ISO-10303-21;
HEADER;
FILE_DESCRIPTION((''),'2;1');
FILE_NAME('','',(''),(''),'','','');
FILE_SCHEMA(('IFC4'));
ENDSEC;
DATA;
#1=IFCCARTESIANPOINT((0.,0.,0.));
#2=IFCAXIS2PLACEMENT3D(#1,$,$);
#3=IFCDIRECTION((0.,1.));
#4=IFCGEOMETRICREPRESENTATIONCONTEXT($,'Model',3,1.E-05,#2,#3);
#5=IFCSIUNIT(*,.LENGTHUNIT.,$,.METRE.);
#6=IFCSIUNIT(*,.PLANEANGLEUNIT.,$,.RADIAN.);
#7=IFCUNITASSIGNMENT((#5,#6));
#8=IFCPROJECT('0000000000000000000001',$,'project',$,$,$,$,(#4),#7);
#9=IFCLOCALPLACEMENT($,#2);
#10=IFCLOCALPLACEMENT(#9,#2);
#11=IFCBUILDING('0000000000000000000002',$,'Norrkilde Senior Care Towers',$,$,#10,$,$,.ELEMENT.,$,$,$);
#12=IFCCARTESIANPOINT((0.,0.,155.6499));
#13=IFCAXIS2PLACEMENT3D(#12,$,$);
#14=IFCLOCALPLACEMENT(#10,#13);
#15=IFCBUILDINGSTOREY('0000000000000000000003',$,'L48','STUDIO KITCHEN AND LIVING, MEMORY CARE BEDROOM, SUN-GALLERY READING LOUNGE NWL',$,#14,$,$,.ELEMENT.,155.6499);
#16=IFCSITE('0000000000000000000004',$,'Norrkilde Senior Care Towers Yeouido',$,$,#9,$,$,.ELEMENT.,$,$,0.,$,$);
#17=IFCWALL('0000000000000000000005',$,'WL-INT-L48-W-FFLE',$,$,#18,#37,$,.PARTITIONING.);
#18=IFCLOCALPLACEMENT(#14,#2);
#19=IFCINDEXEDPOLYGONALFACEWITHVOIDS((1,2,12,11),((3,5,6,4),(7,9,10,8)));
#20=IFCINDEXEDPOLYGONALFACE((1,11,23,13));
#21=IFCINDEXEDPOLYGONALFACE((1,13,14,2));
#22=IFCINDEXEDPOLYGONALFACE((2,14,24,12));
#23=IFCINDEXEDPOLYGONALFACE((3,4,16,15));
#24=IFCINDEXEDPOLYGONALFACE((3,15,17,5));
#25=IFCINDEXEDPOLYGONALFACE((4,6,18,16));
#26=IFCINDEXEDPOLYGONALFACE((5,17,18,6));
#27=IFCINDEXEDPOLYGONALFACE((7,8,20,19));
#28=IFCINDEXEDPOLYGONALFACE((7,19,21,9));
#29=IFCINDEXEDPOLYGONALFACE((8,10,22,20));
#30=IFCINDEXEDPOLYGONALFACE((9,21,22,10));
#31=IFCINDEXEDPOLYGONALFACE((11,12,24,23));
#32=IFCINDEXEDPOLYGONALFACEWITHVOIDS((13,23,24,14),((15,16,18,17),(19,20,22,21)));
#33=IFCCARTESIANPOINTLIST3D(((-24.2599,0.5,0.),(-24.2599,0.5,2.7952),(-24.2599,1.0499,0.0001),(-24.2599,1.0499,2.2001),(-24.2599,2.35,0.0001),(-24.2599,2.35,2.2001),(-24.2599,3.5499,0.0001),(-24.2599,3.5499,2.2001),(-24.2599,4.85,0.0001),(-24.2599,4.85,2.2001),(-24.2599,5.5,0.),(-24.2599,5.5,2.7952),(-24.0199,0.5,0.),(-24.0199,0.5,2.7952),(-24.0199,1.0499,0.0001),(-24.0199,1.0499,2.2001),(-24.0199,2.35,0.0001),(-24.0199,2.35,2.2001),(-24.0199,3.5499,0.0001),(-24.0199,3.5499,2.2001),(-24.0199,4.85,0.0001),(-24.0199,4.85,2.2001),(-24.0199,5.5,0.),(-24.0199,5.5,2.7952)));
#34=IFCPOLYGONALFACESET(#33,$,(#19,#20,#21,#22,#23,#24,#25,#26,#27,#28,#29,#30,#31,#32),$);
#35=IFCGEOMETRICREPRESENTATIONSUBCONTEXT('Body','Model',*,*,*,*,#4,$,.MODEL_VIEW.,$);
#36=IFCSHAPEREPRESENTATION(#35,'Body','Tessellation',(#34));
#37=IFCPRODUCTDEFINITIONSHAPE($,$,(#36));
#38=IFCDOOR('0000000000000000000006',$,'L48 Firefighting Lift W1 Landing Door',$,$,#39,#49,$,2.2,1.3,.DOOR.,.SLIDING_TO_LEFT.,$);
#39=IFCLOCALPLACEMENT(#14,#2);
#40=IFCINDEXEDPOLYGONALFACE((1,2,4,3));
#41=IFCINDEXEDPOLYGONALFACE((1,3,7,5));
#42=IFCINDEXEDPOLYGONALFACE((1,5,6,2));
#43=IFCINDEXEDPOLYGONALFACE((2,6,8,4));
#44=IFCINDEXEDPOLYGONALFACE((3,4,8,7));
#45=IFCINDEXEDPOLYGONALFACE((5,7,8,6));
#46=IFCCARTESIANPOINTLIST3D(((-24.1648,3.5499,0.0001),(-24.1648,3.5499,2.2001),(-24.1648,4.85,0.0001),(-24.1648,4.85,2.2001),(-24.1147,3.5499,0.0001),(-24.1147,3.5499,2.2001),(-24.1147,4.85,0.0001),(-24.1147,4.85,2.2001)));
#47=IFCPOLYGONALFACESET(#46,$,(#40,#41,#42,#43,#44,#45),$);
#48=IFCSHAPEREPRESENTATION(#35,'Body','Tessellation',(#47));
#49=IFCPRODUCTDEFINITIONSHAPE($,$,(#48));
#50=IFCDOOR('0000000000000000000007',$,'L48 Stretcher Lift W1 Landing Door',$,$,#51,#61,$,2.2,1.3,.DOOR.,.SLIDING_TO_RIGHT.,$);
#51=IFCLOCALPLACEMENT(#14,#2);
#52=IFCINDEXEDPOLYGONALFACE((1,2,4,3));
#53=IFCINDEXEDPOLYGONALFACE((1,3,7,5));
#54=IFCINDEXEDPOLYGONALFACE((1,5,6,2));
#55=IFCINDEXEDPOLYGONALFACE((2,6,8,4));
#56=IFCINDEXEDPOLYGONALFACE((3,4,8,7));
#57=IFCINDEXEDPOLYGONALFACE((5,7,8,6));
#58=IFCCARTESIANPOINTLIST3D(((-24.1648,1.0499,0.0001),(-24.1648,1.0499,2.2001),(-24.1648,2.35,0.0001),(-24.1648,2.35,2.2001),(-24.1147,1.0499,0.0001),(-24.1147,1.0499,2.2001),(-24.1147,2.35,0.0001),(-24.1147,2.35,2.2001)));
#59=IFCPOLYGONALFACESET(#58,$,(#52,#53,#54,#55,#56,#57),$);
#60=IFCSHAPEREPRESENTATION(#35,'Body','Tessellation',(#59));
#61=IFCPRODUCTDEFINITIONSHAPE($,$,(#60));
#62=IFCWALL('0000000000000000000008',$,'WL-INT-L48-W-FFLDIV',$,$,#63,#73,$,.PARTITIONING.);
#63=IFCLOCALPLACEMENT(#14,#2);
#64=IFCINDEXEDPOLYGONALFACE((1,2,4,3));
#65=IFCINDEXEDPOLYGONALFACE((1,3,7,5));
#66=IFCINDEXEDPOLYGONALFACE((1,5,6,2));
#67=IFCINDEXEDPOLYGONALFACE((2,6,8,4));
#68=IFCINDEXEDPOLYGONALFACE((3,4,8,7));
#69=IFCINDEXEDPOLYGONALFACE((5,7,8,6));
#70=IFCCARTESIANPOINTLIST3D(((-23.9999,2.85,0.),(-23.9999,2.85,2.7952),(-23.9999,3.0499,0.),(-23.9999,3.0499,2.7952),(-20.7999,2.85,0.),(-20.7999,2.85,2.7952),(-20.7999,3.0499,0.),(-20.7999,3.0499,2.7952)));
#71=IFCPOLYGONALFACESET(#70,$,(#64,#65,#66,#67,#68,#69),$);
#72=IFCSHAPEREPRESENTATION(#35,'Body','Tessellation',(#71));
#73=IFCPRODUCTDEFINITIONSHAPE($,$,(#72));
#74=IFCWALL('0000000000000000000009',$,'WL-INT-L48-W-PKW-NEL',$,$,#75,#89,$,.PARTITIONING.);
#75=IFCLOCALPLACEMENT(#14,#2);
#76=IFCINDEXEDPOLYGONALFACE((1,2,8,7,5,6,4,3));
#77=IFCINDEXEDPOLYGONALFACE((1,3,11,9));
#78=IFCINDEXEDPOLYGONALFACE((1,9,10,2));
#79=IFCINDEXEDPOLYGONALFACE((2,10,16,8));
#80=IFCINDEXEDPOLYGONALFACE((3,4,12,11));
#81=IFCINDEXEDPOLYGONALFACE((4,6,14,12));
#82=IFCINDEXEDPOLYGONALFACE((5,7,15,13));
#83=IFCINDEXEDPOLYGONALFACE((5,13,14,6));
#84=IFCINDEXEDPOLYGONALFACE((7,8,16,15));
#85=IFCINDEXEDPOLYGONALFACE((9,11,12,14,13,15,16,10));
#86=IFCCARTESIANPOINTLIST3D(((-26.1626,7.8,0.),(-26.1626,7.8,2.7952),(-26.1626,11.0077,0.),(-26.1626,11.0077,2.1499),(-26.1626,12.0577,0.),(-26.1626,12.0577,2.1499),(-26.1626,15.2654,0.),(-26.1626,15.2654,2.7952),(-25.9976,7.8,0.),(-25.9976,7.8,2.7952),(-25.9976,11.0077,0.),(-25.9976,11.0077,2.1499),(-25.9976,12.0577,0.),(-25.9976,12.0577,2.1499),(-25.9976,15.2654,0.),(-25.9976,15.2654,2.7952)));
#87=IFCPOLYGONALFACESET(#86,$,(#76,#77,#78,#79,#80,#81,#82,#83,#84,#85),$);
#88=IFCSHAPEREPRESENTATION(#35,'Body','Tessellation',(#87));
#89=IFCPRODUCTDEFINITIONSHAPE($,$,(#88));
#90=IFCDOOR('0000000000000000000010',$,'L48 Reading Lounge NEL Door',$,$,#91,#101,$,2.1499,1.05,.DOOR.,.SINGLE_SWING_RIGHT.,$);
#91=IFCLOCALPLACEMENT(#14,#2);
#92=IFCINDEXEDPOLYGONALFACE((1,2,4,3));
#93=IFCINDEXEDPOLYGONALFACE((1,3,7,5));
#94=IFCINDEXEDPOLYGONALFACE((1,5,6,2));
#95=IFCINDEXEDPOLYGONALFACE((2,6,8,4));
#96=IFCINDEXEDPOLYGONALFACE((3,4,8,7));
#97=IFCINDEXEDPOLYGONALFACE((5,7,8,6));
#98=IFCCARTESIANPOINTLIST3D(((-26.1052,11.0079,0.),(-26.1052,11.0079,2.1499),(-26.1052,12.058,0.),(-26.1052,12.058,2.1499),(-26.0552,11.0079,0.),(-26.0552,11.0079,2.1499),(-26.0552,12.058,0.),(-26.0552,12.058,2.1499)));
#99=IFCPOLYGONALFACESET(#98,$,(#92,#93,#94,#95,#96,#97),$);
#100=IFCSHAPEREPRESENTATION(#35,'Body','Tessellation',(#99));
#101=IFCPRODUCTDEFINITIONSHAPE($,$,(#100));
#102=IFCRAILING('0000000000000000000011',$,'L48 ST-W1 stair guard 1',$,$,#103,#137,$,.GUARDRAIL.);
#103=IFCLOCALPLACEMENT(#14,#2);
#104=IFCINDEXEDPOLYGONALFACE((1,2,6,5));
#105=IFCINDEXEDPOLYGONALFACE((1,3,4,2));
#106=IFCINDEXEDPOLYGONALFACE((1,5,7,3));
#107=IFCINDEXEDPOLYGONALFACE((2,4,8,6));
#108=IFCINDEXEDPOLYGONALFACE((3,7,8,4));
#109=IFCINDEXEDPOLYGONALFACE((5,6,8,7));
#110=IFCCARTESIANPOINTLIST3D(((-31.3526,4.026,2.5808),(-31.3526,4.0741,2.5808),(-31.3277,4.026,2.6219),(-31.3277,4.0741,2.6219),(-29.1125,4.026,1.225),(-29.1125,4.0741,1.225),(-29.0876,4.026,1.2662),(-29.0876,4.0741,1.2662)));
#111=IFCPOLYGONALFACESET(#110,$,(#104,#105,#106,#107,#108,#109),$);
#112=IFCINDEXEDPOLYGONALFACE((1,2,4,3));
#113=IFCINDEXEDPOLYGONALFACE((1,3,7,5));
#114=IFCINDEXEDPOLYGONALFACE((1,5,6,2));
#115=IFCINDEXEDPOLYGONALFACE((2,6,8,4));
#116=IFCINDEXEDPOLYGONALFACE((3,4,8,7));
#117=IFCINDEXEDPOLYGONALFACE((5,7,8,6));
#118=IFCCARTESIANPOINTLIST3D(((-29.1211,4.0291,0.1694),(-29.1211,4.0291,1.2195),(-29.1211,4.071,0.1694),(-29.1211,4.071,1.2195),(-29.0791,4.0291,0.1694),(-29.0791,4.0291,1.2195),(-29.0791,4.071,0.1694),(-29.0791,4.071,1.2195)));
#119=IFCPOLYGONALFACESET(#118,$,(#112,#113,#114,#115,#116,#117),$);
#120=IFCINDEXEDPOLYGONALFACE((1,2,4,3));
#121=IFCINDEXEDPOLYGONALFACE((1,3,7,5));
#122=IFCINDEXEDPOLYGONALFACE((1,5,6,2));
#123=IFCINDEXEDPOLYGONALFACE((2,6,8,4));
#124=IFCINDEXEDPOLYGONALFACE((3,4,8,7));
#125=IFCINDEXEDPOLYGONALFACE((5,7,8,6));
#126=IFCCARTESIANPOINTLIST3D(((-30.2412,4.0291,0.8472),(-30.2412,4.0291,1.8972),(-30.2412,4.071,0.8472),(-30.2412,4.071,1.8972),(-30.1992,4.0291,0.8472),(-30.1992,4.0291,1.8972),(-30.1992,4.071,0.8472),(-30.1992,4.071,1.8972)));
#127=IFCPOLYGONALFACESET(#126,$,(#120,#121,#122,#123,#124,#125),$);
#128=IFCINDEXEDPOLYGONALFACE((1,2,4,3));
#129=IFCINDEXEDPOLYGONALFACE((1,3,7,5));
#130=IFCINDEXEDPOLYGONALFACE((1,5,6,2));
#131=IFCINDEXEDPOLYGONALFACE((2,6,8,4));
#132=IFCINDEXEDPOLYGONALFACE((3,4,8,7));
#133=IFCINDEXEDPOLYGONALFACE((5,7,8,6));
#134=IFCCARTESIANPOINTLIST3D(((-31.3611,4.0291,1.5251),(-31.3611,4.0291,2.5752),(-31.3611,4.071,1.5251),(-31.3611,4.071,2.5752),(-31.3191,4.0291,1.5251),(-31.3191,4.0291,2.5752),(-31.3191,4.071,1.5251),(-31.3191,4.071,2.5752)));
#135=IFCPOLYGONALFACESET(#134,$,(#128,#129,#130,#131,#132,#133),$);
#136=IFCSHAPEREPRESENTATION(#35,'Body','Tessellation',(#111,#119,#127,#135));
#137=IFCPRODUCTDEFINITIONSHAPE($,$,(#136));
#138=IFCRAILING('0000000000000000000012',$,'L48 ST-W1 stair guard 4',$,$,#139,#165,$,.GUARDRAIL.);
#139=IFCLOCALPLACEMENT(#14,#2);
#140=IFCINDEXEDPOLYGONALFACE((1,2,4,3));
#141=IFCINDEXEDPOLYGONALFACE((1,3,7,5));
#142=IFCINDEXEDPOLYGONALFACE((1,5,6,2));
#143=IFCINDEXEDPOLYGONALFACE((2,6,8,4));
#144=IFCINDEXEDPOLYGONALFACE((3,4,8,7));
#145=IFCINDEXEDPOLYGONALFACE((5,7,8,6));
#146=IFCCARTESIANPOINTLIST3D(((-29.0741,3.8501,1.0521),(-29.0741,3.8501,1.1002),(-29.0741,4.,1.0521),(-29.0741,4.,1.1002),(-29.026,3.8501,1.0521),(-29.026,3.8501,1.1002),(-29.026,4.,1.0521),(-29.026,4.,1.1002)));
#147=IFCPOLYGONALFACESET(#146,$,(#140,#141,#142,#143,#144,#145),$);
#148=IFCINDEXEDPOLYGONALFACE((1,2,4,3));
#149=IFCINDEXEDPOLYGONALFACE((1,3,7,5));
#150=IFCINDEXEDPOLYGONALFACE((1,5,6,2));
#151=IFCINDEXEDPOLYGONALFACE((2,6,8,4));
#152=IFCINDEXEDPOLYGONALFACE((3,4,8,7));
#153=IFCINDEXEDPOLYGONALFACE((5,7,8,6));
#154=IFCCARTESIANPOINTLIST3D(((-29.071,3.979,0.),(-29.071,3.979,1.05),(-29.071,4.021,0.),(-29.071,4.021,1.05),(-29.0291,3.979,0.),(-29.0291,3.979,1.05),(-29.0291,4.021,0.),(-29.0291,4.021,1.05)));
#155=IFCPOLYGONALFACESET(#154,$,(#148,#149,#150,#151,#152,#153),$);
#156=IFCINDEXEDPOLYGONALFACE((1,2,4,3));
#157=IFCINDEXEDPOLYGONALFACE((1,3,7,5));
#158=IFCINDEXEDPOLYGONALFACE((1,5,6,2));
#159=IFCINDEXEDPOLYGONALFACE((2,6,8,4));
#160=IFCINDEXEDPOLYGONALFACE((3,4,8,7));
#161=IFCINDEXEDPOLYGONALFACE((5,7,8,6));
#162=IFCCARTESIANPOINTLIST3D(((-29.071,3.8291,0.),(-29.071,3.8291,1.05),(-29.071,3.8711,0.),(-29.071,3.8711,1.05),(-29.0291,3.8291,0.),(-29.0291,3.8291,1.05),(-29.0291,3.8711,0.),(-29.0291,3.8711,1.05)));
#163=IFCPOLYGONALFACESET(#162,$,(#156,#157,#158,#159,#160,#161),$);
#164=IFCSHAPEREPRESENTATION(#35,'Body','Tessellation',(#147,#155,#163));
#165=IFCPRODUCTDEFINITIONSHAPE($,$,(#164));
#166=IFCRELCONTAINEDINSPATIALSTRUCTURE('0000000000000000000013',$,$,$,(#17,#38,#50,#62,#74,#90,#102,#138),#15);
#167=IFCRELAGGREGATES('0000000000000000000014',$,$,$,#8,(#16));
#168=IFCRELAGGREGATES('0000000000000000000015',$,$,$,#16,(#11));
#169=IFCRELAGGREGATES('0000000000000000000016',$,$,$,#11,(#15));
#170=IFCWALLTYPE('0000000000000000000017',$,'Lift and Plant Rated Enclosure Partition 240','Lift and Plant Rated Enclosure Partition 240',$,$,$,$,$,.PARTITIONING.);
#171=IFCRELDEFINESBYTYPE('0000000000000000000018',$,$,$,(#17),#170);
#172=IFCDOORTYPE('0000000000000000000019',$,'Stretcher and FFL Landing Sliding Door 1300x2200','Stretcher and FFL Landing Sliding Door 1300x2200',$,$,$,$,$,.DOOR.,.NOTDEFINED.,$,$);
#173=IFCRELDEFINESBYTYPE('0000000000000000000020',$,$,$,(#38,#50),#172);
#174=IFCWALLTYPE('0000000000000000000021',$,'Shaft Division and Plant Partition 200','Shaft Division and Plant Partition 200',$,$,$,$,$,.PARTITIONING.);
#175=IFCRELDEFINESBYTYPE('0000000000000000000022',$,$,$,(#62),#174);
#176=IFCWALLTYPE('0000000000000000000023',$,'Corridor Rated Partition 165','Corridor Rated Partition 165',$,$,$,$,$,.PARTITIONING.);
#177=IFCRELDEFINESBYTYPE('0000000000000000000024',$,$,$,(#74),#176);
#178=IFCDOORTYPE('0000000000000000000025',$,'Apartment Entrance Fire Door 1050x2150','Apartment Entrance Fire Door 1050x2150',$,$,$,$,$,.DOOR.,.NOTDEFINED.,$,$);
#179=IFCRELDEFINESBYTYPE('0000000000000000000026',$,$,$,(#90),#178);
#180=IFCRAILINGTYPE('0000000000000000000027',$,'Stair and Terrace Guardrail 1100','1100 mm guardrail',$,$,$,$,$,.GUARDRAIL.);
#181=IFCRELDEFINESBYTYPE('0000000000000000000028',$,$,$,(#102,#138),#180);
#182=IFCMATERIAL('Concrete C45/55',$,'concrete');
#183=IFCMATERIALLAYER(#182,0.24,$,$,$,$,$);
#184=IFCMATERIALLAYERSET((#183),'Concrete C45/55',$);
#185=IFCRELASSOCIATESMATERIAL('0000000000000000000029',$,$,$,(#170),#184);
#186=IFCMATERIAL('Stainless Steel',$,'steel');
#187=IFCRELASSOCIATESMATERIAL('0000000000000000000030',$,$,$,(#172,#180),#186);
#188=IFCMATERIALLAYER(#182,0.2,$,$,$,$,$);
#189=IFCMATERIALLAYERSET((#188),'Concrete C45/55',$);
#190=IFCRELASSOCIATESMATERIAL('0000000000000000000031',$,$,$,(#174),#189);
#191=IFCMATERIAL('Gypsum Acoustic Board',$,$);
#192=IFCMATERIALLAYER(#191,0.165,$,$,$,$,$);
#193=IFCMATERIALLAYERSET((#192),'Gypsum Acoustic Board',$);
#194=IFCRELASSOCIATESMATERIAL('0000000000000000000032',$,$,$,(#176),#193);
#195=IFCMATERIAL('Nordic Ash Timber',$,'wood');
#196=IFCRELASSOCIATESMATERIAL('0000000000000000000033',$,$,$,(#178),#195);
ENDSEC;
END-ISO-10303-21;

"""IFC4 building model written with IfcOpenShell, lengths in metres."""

from ifc_helpers import new_model, si_unit, direction, frame, frame_2d, origin, origin_2d, place, context, subcontext, project, spatial, rectangle, extrude, source, transform, mapped, material, layer, layer_set, type_object, type_shapes, element, fill, save


model = new_model("IFC4")

# Units and contexts
model_context = context("Model", 3, precision=1e-05, world=origin(), true_north=direction((0.0, 1.0)))
body_context = subcontext(model_context, "Body", "Model", "MODEL_VIEW")
ifc_project = project(units=[si_unit("LENGTHUNIT", "METRE"), si_unit("PLANEANGLEUNIT", "RADIAN")], contexts=[model_context])

# Site, building, storey
site_placement = place(None, origin())
site = spatial("IfcSite", under=ifc_project, at=site_placement, Name="Norrkilde Senior Care Towers Yeouido", CompositionType="ELEMENT", RefElevation=0.0)
building_placement = place(site_placement, origin())
building = spatial("IfcBuilding", under=site, at=building_placement, Name="Norrkilde Senior Care Towers", CompositionType="ELEMENT")
storey_placement = place(building_placement, frame((0.0, 0.0, 155.6499)))
storey = spatial("IfcBuildingStorey", under=building, at=storey_placement, Name="L48", Description="STUDIO KITCHEN AND LIVING, MEMORY CARE BEDROOM, SUN-GALLERY READING LOUNGE NWL", CompositionType="ELEMENT", Elevation=155.6499)

# Shared definitions
ifc_material_1 = material(Name="Concrete C45/55", Category="concrete")

# Wall, openings, doors
ifc_layer_1 = layer(ifc_material_1, 0.24)
ifc_layer_set_1 = layer_set([ifc_layer_1], Name="Concrete C45/55")
wall_type_1 = type_object("IfcWallType", Name="Lift and Plant Rated Enclosure Partition 240", Description="Lift and Plant Rated Enclosure Partition 240", PredefinedType="PARTITIONING", material=ifc_layer_set_1)
shared_shape_1 = source(origin(), body_context, "Body", "SweptSolid", [
    extrude(rectangle(XDim=5.0, YDim=0.24, at=frame_2d((2.5, 0.0))), origin(), (0.0, 0.0, 1.0), 2.7952),
])
type_shapes(wall_type_1, [shared_shape_1])
wall_1_placement = place(storey_placement, frame((-24.1399, 0.5, 0.0), z_axis=(0.0, 0.0, 1.0), x_axis=(0.0, 1.0, 0.0)))
wall_1 = element("IfcWall", 1, at=wall_1_placement, inside=storey, type_object=wall_type_1, Name="WL-INT-L48-W-FFLE", PredefinedType="PARTITIONING", context=body_context, shape_type="MappedRepresentation", body=[
    mapped(shared_shape_1, transform((0.0, 0.0, 0.0), x_axis=(1.0, 0.0, 0.0), y_axis=(0.0, 1.0, 0.0), z_axis=(0.0, 0.0, 1.0), scale=1.0)),
])
opening_1_placement = place(wall_1_placement, frame((3.05, 0.0, 0.0)))
opening_1 = element("IfcOpeningElement", 2, at=opening_1_placement, cuts=wall_1, PredefinedType="OPENING", context=body_context, shape_type="SweptSolid", body=[
    extrude(rectangle(XDim=1.3, YDim=2.2, at=frame_2d((0.6499, 1.1001))), frame((0.0, 0.1299, 0.0), z_axis=(0.0, -1.0, 0.0), x_axis=(1.0, 0.0, 0.0)), (0.0, 0.0, 1.0), 0.26),
])
opening_2_placement = place(wall_1_placement, frame((0.55, 0.0, 0.0)))
opening_2 = element("IfcOpeningElement", 3, at=opening_2_placement, cuts=wall_1, PredefinedType="OPENING", context=body_context, shape_type="SweptSolid", body=[
    extrude(rectangle(XDim=1.3, YDim=2.2, at=frame_2d((0.6499, 1.1001))), frame((0.0, 0.1299, 0.0), z_axis=(0.0, -1.0, 0.0), x_axis=(1.0, 0.0, 0.0)), (0.0, 0.0, 1.0), 0.26),
])
ifc_material_2 = material(Name="Stainless Steel", Category="steel")
door_type_1 = type_object("IfcDoorType", Name="Stretcher and FFL Landing Sliding Door 1300x2200", Description="Stretcher and FFL Landing Sliding Door 1300x2200", OperationType="NOTDEFINED", PredefinedType="DOOR", material=ifc_material_2)
shared_shape_2 = source(origin(), body_context, "Body", "SweptSolid", [
    extrude(rectangle(XDim=1.3, YDim=2.2, at=frame_2d((0.6499, 1.1001))), frame((0.0, 0.0249, 0.0), z_axis=(0.0, -1.0, 0.0), x_axis=(1.0, 0.0, 0.0)), (0.0, 0.0, 1.0), 0.05),
])
type_shapes(door_type_1, [shared_shape_2])
door_1_placement = place(opening_1_placement, origin())
door_1 = element("IfcDoor", 4, at=door_1_placement, inside=storey, type_object=door_type_1, Name="L48 Firefighting Lift W1 Landing Door", OperationType="SLIDING_TO_LEFT", OverallHeight=2.2, OverallWidth=1.3, PredefinedType="DOOR", context=body_context, shape_type="MappedRepresentation", body=[
    mapped(shared_shape_2, transform((0.0, 0.0, 0.0), x_axis=(1.0, 0.0, 0.0), y_axis=(0.0, 1.0, 0.0), z_axis=(0.0, 0.0, 1.0), scale=1.0)),
])
fill(opening_1, door_1)
door_2_placement = place(opening_2_placement, origin())
door_2 = element("IfcDoor", 5, at=door_2_placement, inside=storey, type_object=door_type_1, Name="L48 Stretcher Lift W1 Landing Door", OperationType="SLIDING_TO_RIGHT", OverallHeight=2.2, OverallWidth=1.3, PredefinedType="DOOR", context=body_context, shape_type="MappedRepresentation", body=[
    mapped(shared_shape_2, transform((0.0, 0.0, 0.0), x_axis=(1.0, 0.0, 0.0), y_axis=(0.0, 1.0, 0.0), z_axis=(0.0, 0.0, 1.0), scale=1.0)),
])
fill(opening_2, door_2)

# Wall
ifc_layer_2 = layer(ifc_material_1, 0.2)
ifc_layer_set_2 = layer_set([ifc_layer_2], Name="Concrete C45/55")
wall_type_2 = type_object("IfcWallType", Name="Shaft Division and Plant Partition 200", Description="Shaft Division and Plant Partition 200", PredefinedType="PARTITIONING", material=ifc_layer_set_2)
shared_shape_3 = source(origin(), body_context, "Body", "SweptSolid", [
    extrude(rectangle(XDim=3.2, YDim=0.2, at=frame_2d((1.6001, 0.0))), origin(), (0.0, 0.0, 1.0), 2.7952),
])
type_shapes(wall_type_2, [shared_shape_3])
wall_2_placement = place(storey_placement, frame((-24.0, 2.95, 0.0), z_axis=(0.0, 0.0, 1.0), x_axis=(1.0, 0.0, 0.0)))
element("IfcWall", 6, at=wall_2_placement, inside=storey, type_object=wall_type_2, Name="WL-INT-L48-W-FFLDIV", PredefinedType="PARTITIONING", context=body_context, shape_type="MappedRepresentation", body=[
    mapped(shared_shape_3, transform((0.0, 0.0, 0.0), x_axis=(1.0, 0.0, 0.0), y_axis=(0.0, 1.0, 0.0), z_axis=(0.0, 0.0, 1.0), scale=1.0)),
])

# Shared definitions
ifc_material_3 = material(Name="Gypsum Acoustic Board")
ifc_layer_3 = layer(ifc_material_3, 0.165)
ifc_layer_set_3 = layer_set([ifc_layer_3], Name="Gypsum Acoustic Board")
wall_type_3 = type_object("IfcWallType", Name="Corridor Rated Partition 165", Description="Corridor Rated Partition 165", PredefinedType="PARTITIONING", material=ifc_layer_set_3)
ifc_material_4 = material(Name="Nordic Ash Timber", Category="wood")
door_type_2 = type_object("IfcDoorType", Name="Apartment Entrance Fire Door 1050x2150", Description="Apartment Entrance Fire Door 1050x2150", OperationType="NOTDEFINED", PredefinedType="DOOR", material=ifc_material_4)
shared_shape_4 = source(origin(), body_context, "Body", "SweptSolid", [
    extrude(rectangle(XDim=1.05, YDim=2.1499, at=frame_2d((0.5249, 1.075))), frame((0.0, 0.0249, 0.0), z_axis=(0.0, -1.0, 0.0), x_axis=(1.0, 0.0, 0.0)), (0.0, 0.0, 1.0), 0.05),
])
type_shapes(door_type_2, [shared_shape_4])

# Wall, opening, door
shared_shape_5 = source(origin(), body_context, "Body", "SweptSolid", [
    extrude(rectangle(XDim=7.4653, YDim=0.165, at=frame_2d((3.7327, 0.0))), origin(), (0.0, 0.0, 1.0), 2.7952),
])
wall_3_placement = place(storey_placement, frame((-26.0801, 7.8, 0.0), z_axis=(0.0, 0.0, 1.0), x_axis=(0.0, 1.0, 0.0)))
wall_3 = element("IfcWall", 7, at=wall_3_placement, inside=storey, type_object=wall_type_3, Name="WL-INT-L48-W-PKW-NEL", PredefinedType="PARTITIONING", context=body_context, shape_type="MappedRepresentation", body=[
    mapped(shared_shape_5, transform((0.0, 0.0, 0.0), x_axis=(1.0, 0.0, 0.0), y_axis=(0.0, 1.0, 0.0), z_axis=(0.0, 0.0, 1.0), scale=1.0)),
])
opening_3_placement = place(wall_3_placement, frame((3.2078, 0.0, 0.0)))
opening_3 = element("IfcOpeningElement", 8, at=opening_3_placement, cuts=wall_3, PredefinedType="OPENING", context=body_context, shape_type="SweptSolid", body=[
    extrude(rectangle(XDim=1.05, YDim=2.1499, at=frame_2d((0.5249, 1.075))), frame((0.0, 0.0925, 0.0), z_axis=(0.0, -1.0, 0.0), x_axis=(1.0, 0.0, 0.0)), (0.0, 0.0, 1.0), 0.1851),
])
door_3_placement = place(opening_3_placement, frame((1.05, 0.0, 0.0), z_axis=(0.0, 0.0, 1.0), x_axis=(-1.0, 0.0, 0.0)))
door_3 = element("IfcDoor", 9, at=door_3_placement, inside=storey, type_object=door_type_2, Name="L48 Reading Lounge NEL Door", OperationType="SINGLE_SWING_RIGHT", OverallHeight=2.1499, OverallWidth=1.05, PredefinedType="DOOR", context=body_context, shape_type="MappedRepresentation", body=[
    mapped(shared_shape_4, transform((0.0, 0.0, 0.0), x_axis=(1.0, 0.0, 0.0), y_axis=(0.0, 1.0, 0.0), z_axis=(0.0, 0.0, 1.0), scale=1.0)),
])
fill(opening_3, door_3)

# Railings
railing_type_1 = type_object("IfcRailingType", Name="Stair and Terrace Guardrail 1100", Description="1100 mm guardrail", PredefinedType="GUARDRAIL", material=ifc_material_2)
railing_1_placement = place(storey_placement, frame((-29.1001, 4.05, 0.1694)))
element("IfcRailing", 10, at=railing_1_placement, inside=storey, type_object=railing_type_1, Name="L48 ST-W1 stair guard 1", PredefinedType="GUARDRAIL", context=body_context, shape_type="SweptSolid", body=[
    extrude(rectangle(XDim=0.0481, YDim=0.0481, at=origin_2d()), frame((0.0, 0.0, 1.0762), z_axis=(-0.855512, 0.0, 0.517783), x_axis=(0.0, -1.0, 0.0)), (0.0, 0.0, 1.0), 2.6184),
    extrude(rectangle(XDim=0.042, YDim=0.042, at=origin_2d()), origin(), (0.0, 0.0, 1.0), 1.05),
    extrude(rectangle(XDim=0.042, YDim=0.042, at=origin_2d()), frame((-1.1201, 0.0, 0.6777)), (0.0, 0.0, 1.0), 1.05),
    extrude(rectangle(XDim=0.042, YDim=0.042, at=origin_2d()), frame((-2.24, 0.0, 1.3557)), (0.0, 0.0, 1.0), 1.05),
])
railing_2_placement = place(storey_placement, frame((-29.05, 4.0, 0.0)))
element("IfcRailing", 11, at=railing_2_placement, inside=storey, type_object=railing_type_1, Name="L48 ST-W1 stair guard 4", PredefinedType="GUARDRAIL", context=body_context, shape_type="SweptSolid", body=[
    extrude(rectangle(XDim=0.0481, YDim=0.0481, at=origin_2d()), frame((0.0, 0.0, 1.0762), z_axis=(0.0, -1.0, 0.0), x_axis=(1.0, 0.0, 0.0)), (0.0, 0.0, 1.0), 0.1499),
    extrude(rectangle(XDim=0.042, YDim=0.042, at=origin_2d()), origin(), (0.0, 0.0, 1.0), 1.05),
    extrude(rectangle(XDim=0.042, YDim=0.042, at=origin_2d()), frame((0.0, -0.1499, 0.0)), (0.0, 0.0, 1.0), 1.05),
])

save(model, "model.ifc")
